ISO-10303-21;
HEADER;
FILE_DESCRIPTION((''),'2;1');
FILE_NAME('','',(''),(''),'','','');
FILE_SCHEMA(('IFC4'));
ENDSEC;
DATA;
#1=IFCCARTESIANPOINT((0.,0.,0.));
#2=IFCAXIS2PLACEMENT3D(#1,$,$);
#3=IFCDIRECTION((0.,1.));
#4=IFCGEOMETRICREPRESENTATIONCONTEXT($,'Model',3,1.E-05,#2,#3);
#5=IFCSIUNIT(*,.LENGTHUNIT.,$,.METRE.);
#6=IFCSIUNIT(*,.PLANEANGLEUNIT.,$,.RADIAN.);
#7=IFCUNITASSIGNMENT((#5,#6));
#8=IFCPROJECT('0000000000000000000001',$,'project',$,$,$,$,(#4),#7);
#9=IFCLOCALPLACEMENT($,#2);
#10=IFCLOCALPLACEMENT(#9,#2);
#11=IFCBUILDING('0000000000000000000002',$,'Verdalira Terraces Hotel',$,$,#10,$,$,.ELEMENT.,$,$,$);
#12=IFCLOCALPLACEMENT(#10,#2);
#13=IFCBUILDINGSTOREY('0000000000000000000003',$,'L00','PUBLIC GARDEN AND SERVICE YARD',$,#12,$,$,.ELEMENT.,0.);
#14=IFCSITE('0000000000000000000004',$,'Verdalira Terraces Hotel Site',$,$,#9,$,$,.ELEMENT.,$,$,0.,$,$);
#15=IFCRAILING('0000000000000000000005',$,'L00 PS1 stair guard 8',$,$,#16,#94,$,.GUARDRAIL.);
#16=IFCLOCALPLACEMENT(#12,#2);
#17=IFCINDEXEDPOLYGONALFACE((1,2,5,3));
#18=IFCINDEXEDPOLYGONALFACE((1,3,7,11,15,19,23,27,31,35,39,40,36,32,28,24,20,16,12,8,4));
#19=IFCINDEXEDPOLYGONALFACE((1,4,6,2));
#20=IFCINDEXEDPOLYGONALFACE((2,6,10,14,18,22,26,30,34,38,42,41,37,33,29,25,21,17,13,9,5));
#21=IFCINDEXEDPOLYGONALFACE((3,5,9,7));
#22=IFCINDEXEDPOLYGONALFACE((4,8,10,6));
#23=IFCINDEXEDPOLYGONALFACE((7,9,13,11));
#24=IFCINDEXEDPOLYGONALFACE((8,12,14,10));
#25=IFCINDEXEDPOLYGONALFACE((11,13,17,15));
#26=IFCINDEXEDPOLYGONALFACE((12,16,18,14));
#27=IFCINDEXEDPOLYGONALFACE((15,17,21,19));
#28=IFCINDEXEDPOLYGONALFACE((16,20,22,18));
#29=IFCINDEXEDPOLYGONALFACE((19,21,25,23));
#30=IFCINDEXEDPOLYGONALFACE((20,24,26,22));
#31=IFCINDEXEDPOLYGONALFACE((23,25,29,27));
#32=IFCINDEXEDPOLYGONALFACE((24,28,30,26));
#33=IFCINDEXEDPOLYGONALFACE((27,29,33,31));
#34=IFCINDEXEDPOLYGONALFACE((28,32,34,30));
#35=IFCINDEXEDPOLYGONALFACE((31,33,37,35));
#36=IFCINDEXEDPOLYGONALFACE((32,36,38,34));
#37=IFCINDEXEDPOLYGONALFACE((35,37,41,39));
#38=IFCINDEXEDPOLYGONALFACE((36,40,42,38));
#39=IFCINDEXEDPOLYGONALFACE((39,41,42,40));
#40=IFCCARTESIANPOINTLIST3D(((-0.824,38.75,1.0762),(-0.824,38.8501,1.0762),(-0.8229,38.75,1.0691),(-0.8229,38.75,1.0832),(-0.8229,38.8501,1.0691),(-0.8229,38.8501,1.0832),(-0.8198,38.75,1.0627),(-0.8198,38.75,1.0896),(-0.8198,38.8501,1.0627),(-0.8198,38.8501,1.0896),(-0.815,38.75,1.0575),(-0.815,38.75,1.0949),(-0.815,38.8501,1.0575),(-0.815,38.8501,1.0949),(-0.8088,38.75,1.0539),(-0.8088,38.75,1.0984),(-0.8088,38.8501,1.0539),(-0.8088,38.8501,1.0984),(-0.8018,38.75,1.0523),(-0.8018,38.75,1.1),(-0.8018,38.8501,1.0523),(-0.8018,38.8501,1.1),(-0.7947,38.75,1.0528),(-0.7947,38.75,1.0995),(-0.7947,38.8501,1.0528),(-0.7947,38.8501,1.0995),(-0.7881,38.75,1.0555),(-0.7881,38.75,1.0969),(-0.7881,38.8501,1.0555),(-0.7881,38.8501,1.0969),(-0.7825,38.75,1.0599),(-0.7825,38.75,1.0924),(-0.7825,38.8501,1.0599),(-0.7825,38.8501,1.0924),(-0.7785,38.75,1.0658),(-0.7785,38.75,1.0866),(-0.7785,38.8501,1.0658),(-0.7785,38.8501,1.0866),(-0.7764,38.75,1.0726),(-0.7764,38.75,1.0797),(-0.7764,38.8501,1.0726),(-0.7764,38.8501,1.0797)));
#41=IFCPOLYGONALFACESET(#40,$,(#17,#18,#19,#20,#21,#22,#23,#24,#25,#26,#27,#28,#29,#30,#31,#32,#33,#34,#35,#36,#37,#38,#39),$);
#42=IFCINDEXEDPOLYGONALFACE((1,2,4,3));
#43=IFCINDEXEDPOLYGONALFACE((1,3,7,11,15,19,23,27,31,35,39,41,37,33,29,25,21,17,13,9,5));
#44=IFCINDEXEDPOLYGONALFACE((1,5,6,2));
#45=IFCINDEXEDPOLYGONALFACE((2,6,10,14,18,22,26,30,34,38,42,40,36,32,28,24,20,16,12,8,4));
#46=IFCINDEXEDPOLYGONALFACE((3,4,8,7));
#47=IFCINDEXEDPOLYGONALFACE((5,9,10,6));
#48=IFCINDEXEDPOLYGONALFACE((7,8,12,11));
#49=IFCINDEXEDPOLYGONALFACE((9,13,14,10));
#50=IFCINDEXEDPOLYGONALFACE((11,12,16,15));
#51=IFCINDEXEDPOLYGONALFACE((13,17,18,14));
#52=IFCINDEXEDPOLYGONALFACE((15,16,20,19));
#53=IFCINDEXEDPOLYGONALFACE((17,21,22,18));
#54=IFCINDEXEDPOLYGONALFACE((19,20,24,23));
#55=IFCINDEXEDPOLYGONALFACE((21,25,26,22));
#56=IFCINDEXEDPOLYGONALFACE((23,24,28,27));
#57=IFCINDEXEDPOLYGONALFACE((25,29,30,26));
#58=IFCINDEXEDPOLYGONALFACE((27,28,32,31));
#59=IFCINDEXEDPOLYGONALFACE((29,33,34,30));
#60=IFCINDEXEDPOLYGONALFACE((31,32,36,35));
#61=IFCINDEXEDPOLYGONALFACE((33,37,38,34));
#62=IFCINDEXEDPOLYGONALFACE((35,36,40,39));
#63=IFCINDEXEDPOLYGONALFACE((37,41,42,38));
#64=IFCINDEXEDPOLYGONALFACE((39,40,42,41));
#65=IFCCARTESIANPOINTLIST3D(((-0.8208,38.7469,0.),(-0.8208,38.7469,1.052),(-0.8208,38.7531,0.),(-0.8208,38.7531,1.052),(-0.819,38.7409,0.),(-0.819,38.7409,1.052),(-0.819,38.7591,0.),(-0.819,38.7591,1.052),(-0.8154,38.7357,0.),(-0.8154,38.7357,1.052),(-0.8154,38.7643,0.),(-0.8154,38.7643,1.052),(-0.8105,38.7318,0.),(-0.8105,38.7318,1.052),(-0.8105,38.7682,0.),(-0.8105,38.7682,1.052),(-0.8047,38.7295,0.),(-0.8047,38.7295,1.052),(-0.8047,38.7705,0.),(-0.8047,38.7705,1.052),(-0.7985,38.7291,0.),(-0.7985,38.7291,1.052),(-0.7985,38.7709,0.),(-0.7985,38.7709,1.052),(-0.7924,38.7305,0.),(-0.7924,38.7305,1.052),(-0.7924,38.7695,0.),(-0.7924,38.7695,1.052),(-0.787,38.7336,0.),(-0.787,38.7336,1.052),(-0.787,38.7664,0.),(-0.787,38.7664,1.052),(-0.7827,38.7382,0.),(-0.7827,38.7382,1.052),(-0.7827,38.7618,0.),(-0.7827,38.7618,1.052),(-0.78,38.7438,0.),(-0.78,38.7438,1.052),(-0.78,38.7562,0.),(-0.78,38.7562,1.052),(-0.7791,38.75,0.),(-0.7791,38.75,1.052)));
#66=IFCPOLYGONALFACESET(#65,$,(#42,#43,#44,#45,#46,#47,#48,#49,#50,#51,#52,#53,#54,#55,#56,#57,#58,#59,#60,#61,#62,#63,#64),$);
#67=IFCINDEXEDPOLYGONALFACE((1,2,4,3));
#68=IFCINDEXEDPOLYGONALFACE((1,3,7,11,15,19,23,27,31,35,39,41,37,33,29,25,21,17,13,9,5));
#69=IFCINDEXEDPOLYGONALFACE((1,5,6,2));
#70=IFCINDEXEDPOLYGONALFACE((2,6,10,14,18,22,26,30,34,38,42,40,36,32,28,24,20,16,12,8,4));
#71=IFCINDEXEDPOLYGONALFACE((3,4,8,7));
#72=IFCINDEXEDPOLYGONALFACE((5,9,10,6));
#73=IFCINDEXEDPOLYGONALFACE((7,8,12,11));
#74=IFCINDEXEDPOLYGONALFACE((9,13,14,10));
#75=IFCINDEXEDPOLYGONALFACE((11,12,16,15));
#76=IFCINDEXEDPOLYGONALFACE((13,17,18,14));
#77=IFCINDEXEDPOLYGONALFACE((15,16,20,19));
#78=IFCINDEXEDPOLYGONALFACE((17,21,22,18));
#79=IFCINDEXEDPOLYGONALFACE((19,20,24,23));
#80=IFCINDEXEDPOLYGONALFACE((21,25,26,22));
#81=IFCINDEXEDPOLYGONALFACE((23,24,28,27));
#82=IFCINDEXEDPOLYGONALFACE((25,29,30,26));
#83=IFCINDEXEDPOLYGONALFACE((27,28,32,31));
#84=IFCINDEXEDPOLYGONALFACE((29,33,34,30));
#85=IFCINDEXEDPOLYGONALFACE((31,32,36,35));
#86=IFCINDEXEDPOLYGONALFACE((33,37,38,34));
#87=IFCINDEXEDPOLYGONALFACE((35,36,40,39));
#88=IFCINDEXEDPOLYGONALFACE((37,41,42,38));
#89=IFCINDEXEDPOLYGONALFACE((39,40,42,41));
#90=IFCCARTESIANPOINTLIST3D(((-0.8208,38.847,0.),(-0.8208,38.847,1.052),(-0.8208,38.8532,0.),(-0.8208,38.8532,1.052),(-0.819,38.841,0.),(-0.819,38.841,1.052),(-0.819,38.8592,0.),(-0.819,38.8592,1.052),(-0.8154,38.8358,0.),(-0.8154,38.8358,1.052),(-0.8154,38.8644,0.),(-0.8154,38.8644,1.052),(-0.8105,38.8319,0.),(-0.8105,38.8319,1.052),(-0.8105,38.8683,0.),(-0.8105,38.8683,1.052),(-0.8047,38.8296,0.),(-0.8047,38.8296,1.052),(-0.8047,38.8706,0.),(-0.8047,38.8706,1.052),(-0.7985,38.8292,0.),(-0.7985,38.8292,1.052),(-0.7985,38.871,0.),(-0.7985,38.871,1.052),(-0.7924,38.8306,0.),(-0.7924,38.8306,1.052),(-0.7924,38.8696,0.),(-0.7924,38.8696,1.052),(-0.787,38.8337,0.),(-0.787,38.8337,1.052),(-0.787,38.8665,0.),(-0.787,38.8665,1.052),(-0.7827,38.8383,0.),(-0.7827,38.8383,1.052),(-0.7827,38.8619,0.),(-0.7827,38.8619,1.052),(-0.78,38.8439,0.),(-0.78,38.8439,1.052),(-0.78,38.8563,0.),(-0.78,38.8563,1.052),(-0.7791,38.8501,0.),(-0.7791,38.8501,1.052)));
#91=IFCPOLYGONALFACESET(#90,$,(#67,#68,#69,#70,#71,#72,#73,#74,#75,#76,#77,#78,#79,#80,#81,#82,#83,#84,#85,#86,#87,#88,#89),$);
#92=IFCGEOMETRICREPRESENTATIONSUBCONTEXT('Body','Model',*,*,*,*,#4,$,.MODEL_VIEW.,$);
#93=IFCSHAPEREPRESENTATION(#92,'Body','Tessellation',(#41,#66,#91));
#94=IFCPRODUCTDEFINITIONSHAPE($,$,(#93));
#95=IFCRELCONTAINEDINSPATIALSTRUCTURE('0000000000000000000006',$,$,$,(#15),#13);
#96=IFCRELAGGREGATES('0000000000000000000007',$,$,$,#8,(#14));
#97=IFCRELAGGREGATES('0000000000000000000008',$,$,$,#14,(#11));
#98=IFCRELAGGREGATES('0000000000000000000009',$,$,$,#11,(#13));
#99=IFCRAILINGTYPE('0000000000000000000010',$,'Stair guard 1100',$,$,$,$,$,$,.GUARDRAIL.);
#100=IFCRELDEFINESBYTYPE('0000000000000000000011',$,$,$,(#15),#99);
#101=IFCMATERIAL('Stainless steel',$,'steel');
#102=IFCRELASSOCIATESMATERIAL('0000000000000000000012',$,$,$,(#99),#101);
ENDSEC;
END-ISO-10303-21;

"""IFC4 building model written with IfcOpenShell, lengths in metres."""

from ifc_helpers import new_model, si_unit, direction, frame, origin, origin_2d, place, context, subcontext, project, spatial, circle, extrude, material, type_object, element, save


model = new_model("IFC4")

# Units and contexts
model_context = context("Model", 3, precision=1e-05, world=origin(), true_north=direction((0.0, 1.0)))
body_context = subcontext(model_context, "Body", "Model", "MODEL_VIEW")
ifc_project = project(units=[si_unit("LENGTHUNIT", "METRE"), si_unit("PLANEANGLEUNIT", "RADIAN")], contexts=[model_context])

# Site, building, storey
site_placement = place(None, origin())
site = spatial("IfcSite", under=ifc_project, at=site_placement, Name="Verdalira Terraces Hotel Site", CompositionType="ELEMENT", RefElevation=0.0)
building_placement = place(site_placement, origin())
building = spatial("IfcBuilding", under=site, at=building_placement, Name="Verdalira Terraces Hotel", CompositionType="ELEMENT")
storey_placement = place(building_placement, origin())
storey = spatial("IfcBuildingStorey", under=building, at=storey_placement, Name="L00", Description="PUBLIC GARDEN AND SERVICE YARD", CompositionType="ELEMENT", Elevation=0.0)

# Railing
ifc_material_1 = material(Name="Stainless steel", Category="steel")
railing_type_1 = type_object("IfcRailingType", Name="Stair guard 1100", PredefinedType="GUARDRAIL", material=ifc_material_1)
railing_1_placement = place(storey_placement, frame((-0.8, 38.75, 0.0)))
element("IfcRailing", 1, at=railing_1_placement, inside=storey, type_object=railing_type_1, Name="L00 PS1 stair guard 8", PredefinedType="GUARDRAIL", context=body_context, shape_type="SweptSolid", body=[
    extrude(circle(Radius=0.0239, at=origin_2d()), frame((0.0, 0.0, 1.0762), z_axis=(0.0, 1.0, 0.0), x_axis=(-1.0, 0.0, 0.0)), (0.0, 0.0, 1.0), 0.1001),
    extrude(circle(Radius=0.021, at=origin_2d()), origin(), (0.0, 0.0, 1.0), 1.052),
    extrude(circle(Radius=0.021, at=origin_2d()), frame((0.0, 0.1001, 0.0)), (0.0, 0.0, 1.0), 1.052),
])

save(model, "model.ifc")
